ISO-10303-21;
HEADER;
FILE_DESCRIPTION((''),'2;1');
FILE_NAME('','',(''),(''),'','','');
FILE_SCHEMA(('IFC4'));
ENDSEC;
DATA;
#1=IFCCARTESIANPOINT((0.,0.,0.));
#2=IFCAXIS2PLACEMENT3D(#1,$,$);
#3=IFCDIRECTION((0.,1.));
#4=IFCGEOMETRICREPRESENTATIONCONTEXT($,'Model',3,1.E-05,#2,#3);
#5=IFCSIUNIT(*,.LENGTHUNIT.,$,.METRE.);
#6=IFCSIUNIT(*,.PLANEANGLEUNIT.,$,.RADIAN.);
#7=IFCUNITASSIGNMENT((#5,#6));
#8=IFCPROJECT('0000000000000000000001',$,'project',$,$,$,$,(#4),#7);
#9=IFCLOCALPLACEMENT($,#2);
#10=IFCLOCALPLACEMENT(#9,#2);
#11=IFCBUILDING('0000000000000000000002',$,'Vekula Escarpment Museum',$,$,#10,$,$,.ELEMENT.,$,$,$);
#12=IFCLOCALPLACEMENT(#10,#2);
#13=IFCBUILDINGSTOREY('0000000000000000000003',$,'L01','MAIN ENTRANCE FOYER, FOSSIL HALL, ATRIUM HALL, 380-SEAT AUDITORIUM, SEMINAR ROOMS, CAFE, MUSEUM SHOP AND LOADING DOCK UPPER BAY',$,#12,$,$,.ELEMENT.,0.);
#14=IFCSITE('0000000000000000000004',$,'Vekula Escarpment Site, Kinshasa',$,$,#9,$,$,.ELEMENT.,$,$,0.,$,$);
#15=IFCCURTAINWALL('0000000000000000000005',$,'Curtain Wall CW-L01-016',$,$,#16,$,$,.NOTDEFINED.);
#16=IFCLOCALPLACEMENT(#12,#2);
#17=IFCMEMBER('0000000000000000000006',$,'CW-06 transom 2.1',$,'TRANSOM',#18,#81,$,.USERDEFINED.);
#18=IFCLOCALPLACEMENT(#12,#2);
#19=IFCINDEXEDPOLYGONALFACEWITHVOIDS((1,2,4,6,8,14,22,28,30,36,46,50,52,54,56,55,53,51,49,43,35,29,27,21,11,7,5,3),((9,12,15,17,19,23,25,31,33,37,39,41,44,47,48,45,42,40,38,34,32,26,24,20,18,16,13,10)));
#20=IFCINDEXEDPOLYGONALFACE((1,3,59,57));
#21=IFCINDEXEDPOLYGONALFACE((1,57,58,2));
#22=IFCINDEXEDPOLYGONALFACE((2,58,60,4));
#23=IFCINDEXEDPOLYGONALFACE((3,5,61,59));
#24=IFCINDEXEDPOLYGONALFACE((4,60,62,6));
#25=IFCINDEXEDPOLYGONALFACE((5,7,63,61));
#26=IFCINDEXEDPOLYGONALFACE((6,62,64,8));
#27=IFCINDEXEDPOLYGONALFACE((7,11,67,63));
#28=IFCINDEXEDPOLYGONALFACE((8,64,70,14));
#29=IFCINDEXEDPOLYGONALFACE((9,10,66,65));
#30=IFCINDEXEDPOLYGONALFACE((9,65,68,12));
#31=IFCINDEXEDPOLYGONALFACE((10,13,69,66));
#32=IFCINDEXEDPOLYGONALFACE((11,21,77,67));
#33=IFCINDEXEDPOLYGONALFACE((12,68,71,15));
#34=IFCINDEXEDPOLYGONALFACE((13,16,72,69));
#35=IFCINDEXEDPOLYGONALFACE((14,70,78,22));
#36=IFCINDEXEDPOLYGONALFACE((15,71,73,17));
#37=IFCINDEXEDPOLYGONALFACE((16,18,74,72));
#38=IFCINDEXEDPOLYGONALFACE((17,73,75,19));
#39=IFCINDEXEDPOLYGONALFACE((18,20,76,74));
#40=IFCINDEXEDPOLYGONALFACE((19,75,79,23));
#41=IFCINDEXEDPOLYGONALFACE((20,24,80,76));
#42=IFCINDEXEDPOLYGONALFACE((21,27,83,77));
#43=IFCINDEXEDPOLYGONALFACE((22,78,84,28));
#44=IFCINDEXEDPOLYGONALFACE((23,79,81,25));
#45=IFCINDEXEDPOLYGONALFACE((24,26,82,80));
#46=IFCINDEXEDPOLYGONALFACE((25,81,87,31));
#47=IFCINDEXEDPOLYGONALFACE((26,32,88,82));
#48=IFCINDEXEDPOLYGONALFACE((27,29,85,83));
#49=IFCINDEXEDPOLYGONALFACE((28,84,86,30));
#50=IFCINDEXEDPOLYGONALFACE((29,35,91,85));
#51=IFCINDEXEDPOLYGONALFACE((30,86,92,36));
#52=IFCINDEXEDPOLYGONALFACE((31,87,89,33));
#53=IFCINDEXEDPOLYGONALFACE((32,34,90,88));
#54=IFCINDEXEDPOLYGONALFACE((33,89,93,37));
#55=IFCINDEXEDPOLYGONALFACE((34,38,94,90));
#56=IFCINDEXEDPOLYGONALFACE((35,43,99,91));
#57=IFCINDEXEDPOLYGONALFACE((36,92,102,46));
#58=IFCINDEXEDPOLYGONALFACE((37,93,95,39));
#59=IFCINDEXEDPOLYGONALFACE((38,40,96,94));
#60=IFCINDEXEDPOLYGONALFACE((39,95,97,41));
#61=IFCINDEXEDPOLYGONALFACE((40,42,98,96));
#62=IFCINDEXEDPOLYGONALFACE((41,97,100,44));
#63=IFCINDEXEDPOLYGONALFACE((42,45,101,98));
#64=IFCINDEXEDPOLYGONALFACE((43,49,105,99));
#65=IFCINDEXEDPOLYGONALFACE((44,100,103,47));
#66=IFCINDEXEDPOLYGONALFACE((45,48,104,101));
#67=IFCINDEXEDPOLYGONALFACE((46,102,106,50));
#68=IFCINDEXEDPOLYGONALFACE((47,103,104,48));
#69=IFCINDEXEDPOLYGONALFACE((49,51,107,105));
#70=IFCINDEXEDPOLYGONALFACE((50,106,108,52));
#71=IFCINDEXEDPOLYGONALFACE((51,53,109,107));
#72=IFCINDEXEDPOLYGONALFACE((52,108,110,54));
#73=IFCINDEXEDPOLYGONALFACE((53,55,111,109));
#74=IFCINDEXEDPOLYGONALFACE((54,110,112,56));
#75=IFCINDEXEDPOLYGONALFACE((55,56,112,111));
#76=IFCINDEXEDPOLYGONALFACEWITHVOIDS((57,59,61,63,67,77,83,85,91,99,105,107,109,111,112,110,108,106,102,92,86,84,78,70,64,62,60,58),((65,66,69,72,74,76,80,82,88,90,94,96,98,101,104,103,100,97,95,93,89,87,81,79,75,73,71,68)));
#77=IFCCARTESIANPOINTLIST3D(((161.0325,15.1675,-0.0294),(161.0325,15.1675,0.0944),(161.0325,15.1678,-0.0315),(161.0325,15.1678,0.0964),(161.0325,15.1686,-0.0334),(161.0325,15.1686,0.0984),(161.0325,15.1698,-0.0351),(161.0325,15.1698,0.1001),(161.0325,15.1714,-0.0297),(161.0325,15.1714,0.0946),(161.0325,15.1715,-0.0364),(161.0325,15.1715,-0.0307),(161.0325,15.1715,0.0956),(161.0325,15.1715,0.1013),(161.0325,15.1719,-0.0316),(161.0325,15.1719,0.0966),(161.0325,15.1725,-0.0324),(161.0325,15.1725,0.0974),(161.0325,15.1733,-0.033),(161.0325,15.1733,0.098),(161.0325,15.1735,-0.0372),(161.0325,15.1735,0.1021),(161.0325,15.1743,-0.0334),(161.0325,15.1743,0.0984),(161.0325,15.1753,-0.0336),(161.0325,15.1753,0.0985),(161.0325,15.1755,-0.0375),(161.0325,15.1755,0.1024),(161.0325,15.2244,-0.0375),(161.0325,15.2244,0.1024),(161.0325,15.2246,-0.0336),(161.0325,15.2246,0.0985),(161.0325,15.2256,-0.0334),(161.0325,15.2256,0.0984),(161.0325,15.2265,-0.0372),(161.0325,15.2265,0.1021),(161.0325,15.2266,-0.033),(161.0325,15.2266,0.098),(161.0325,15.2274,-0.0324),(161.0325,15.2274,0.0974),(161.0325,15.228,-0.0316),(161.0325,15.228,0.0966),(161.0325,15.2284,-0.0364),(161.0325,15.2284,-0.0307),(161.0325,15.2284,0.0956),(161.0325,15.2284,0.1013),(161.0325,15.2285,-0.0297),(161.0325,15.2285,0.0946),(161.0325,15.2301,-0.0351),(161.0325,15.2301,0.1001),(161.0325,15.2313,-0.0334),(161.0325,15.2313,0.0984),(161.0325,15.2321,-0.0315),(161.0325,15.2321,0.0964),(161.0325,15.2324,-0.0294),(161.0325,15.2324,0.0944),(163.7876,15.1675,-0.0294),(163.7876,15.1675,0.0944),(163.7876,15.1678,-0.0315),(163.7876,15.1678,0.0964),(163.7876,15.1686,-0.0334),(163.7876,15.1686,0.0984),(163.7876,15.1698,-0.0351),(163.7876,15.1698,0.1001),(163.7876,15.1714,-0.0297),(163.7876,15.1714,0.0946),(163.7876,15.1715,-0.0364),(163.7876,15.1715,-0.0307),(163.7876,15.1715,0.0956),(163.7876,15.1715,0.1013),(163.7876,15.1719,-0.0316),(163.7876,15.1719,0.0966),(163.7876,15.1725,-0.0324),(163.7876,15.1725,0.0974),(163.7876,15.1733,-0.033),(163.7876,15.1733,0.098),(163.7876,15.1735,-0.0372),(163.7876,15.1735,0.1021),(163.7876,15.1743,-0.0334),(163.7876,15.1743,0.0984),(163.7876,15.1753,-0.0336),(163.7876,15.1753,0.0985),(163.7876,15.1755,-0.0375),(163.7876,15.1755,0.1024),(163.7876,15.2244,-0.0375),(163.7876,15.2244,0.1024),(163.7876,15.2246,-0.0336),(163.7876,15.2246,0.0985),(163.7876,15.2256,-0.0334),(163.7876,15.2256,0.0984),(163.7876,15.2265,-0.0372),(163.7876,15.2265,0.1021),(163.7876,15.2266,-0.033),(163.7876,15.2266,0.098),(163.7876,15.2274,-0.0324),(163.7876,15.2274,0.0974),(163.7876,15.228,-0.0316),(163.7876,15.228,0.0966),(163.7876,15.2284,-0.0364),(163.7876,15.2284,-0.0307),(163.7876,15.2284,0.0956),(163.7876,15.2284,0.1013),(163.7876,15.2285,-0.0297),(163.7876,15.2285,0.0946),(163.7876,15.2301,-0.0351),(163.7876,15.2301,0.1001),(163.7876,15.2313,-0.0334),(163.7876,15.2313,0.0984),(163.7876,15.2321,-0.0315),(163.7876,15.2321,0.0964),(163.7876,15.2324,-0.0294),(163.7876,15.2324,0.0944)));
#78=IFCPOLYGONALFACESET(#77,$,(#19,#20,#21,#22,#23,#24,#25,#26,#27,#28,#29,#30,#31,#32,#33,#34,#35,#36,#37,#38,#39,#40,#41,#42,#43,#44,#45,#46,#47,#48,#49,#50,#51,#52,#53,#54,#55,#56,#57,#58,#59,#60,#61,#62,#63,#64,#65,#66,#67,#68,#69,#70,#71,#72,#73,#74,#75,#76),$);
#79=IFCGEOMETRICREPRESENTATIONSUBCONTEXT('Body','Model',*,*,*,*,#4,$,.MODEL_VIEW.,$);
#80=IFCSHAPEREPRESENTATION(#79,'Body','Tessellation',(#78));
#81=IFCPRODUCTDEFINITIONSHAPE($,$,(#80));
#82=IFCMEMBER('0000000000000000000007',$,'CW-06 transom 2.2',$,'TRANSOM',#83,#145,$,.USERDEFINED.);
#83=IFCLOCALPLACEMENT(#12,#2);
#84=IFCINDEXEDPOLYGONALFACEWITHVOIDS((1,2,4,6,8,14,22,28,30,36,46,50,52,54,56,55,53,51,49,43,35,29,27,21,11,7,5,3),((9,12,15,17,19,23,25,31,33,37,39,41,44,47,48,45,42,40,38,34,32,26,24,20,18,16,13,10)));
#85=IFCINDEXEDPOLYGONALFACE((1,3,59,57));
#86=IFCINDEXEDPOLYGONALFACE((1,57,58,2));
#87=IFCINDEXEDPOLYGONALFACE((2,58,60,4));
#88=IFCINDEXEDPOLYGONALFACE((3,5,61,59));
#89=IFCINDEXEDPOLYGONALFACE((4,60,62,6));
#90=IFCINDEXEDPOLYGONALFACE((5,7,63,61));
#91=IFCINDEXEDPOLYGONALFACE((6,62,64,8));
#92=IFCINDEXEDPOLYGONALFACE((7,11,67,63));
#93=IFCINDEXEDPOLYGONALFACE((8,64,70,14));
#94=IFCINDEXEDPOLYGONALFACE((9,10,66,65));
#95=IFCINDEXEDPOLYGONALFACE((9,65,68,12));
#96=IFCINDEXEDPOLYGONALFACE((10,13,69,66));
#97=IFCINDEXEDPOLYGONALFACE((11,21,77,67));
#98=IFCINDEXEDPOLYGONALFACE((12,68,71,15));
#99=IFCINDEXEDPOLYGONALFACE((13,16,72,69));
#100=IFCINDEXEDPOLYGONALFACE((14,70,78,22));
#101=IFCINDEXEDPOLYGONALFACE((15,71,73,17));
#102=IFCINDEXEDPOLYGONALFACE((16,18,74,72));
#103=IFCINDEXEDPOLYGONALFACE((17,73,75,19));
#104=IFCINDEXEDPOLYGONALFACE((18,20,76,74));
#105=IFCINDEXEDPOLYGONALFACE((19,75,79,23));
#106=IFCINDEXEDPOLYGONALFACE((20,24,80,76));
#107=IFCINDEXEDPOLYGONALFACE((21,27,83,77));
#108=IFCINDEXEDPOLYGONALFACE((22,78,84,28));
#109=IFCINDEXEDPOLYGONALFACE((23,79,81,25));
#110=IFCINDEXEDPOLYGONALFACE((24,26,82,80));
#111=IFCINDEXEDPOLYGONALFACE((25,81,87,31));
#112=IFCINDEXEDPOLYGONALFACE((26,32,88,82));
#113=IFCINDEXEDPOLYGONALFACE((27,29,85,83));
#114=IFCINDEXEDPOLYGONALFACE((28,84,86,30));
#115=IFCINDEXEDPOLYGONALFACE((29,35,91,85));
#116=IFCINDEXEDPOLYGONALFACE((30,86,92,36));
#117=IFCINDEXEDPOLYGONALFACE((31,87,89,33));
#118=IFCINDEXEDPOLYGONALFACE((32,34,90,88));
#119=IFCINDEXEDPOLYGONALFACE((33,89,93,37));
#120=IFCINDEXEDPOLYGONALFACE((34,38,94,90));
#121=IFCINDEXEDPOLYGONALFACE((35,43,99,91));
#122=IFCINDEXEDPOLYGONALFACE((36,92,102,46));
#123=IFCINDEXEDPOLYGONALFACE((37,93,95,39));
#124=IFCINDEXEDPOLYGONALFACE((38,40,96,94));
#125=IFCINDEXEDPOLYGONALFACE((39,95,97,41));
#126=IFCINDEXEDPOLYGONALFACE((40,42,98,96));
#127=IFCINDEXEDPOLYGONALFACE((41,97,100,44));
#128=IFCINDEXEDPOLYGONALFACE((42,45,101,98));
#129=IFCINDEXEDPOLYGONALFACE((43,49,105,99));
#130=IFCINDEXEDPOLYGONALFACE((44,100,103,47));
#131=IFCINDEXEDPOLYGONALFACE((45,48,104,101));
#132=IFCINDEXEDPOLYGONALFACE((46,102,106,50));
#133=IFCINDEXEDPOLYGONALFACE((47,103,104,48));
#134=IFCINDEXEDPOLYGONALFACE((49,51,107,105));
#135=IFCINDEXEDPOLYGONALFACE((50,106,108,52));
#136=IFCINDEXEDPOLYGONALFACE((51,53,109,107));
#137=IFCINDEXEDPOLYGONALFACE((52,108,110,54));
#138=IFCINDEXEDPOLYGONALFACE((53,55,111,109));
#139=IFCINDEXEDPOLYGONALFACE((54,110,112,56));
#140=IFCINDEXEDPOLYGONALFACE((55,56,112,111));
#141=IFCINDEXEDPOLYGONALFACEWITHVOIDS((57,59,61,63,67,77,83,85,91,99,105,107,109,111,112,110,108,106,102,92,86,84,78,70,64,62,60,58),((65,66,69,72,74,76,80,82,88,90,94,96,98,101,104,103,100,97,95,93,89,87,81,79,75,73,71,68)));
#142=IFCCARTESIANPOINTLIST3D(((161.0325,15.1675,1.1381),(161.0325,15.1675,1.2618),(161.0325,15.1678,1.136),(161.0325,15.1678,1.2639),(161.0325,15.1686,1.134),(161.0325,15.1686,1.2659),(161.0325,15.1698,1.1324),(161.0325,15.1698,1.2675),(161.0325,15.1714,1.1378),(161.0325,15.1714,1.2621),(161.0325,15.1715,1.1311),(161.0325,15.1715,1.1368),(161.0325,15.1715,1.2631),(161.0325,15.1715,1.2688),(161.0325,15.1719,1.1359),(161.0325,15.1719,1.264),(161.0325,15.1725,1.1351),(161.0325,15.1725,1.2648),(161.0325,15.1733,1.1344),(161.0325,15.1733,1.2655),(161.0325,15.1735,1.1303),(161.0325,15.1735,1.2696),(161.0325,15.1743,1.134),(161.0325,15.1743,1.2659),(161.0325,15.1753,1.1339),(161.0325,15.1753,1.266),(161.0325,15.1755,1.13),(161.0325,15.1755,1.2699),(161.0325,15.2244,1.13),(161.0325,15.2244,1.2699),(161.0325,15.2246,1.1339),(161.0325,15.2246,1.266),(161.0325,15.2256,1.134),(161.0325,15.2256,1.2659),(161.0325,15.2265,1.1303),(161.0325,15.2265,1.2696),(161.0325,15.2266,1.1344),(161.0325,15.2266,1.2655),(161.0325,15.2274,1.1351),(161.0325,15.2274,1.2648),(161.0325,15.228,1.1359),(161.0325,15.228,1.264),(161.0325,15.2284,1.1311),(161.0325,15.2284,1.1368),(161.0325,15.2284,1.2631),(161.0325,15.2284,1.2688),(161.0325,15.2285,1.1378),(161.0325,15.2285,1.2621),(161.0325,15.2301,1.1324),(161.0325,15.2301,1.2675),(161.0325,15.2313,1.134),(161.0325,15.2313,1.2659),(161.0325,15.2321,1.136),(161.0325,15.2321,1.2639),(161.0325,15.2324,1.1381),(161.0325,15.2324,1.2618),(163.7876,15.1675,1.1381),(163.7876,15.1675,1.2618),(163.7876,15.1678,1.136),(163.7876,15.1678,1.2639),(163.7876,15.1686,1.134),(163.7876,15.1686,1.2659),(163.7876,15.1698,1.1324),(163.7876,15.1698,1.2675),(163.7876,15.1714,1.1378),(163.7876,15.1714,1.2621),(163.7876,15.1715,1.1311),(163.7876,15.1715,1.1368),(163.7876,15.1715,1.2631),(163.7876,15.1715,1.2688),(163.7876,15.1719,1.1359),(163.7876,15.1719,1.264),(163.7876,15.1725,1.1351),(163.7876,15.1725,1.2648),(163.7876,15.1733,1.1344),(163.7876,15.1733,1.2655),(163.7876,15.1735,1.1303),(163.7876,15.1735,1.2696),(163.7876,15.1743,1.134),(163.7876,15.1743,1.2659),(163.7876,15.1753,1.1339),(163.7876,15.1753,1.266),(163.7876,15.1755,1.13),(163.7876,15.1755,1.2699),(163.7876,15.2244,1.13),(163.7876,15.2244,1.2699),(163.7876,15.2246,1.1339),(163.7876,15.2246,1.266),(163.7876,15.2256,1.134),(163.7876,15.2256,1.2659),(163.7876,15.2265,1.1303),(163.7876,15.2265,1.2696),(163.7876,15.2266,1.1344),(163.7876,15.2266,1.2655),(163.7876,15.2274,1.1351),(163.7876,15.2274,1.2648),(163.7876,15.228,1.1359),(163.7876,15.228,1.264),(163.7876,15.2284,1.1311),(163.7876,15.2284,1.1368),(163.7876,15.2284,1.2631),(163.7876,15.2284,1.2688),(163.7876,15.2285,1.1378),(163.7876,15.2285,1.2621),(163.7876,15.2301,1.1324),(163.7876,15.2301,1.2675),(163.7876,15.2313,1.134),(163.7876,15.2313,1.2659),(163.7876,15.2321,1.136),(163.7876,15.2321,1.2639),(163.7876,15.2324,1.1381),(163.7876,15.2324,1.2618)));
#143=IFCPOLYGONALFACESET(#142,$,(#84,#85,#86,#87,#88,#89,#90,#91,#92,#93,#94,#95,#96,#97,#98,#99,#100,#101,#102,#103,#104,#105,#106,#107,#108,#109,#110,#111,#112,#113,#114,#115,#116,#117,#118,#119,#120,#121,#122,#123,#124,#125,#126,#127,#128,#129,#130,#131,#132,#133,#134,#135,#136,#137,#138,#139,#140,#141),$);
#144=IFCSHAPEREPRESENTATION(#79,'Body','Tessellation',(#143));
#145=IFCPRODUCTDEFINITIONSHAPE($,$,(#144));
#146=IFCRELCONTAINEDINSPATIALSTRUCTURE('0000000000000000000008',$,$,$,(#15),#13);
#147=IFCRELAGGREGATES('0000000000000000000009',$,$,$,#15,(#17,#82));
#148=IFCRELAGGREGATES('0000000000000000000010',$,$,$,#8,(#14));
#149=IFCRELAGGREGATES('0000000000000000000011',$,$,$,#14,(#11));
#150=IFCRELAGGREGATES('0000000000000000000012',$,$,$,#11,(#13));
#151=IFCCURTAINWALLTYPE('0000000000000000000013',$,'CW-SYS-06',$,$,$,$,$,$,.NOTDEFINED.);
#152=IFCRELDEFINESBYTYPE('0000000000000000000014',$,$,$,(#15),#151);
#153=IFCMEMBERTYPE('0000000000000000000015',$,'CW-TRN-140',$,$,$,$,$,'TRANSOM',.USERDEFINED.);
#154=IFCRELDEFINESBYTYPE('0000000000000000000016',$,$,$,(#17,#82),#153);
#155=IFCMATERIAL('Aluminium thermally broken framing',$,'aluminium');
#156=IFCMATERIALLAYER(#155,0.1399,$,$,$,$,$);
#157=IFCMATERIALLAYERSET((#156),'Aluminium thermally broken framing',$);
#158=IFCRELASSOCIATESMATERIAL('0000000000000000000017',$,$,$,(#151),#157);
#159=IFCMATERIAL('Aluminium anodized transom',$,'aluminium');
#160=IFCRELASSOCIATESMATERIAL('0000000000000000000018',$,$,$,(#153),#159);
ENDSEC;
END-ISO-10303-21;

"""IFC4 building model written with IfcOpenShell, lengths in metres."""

from ifc_helpers import new_model, si_unit, direction, frame, origin, origin_2d, place, context, subcontext, project, spatial, hollow_rectangle, extrude, material, layer, layer_set, material_profile, profile_set, type_object, element, aggregate, save


model = new_model("IFC4")

# Units and contexts
model_context = context("Model", 3, precision=1e-05, world=origin(), true_north=direction((0.0, 1.0)))
body_context = subcontext(model_context, "Body", "Model", "MODEL_VIEW")
ifc_project = project(units=[si_unit("LENGTHUNIT", "METRE"), si_unit("PLANEANGLEUNIT", "RADIAN")], contexts=[model_context])

# Site, building, storey
site_placement = place(None, origin())
site = spatial("IfcSite", under=ifc_project, at=site_placement, Name="Vekula Escarpment Site, Kinshasa", CompositionType="ELEMENT", RefElevation=0.0)
building_placement = place(site_placement, origin())
building = spatial("IfcBuilding", under=site, at=building_placement, Name="Vekula Escarpment Museum", CompositionType="ELEMENT")
storey_placement = place(building_placement, origin())
storey = spatial("IfcBuildingStorey", under=building, at=storey_placement, Name="L01", Description="MAIN ENTRANCE FOYER, FOSSIL HALL, ATRIUM HALL, 380-SEAT AUDITORIUM, SEMINAR ROOMS, CAFE, MUSEUM SHOP AND LOADING DOCK UPPER BAY", CompositionType="ELEMENT", Elevation=0.0)

# Curtain wall, members
ifc_material_1 = material(Name="Aluminium thermally broken framing", Category="aluminium")
ifc_layer_1 = layer(ifc_material_1, 0.1399)
ifc_layer_set_1 = layer_set([ifc_layer_1], Name="Aluminium thermally broken framing")
curtain_wall_type = type_object("IfcCurtainWallType", Name="CW-SYS-06", PredefinedType="NOTDEFINED", material=ifc_layer_set_1)
curtain_wall_placement = place(storey_placement, origin())
curtain_wall = element("IfcCurtainWall", 1, at=curtain_wall_placement, inside=storey, type_object=curtain_wall_type, Name="Curtain Wall CW-L01-016", PredefinedType="NOTDEFINED")
ifc_material_2 = material(Name="Aluminium anodized transom", Category="aluminium")
ifc_material_profile_1 = material_profile(ifc_material_2, hollow_rectangle(XDim=0.0649, YDim=0.1399, WallThickness=0.0039, InnerFilletRadius=0.0039, OuterFilletRadius=0.0081, at=origin_2d()), Name="ALU 140x65x4")
ifc_profile_set_1 = profile_set([ifc_material_profile_1], Name="Aluminium anodized transom")
member_type_1 = type_object("IfcMemberType", Name="CW-TRN-140", ElementType="TRANSOM", PredefinedType="USERDEFINED", material=ifc_profile_set_1)
member_1_placement = place(storey_placement, frame((163.7876, 15.2, 0.0325), z_axis=(-1.0, 0.0, 0.0), x_axis=(0.0, -1.0, 0.0)))
member_1 = element("IfcMember", 2, at=member_1_placement, type_object=member_type_1, Name="CW-06 transom 2.1", ObjectType="TRANSOM", PredefinedType="USERDEFINED", context=body_context, shape_type="SweptSolid", body=[
    extrude(hollow_rectangle(XDim=0.0649, YDim=0.1399, WallThickness=0.0039, InnerFilletRadius=0.0039, OuterFilletRadius=0.0081, at=origin_2d()), origin(), (0.0, 0.0, 1.0), 2.7551),
])
member_2_placement = place(storey_placement, frame((163.7876, 15.2, 1.2), z_axis=(-1.0, 0.0, 0.0), x_axis=(0.0, -1.0, 0.0)))
member_2 = element("IfcMember", 3, at=member_2_placement, type_object=member_type_1, Name="CW-06 transom 2.2", ObjectType="TRANSOM", PredefinedType="USERDEFINED", context=body_context, shape_type="SweptSolid", body=[
    extrude(hollow_rectangle(XDim=0.0649, YDim=0.1399, WallThickness=0.0039, InnerFilletRadius=0.0039, OuterFilletRadius=0.0081, at=origin_2d()), origin(), (0.0, 0.0, 1.0), 2.7551),
])
aggregate(curtain_wall, [member_1, member_2])

save(model, "model.ifc")
